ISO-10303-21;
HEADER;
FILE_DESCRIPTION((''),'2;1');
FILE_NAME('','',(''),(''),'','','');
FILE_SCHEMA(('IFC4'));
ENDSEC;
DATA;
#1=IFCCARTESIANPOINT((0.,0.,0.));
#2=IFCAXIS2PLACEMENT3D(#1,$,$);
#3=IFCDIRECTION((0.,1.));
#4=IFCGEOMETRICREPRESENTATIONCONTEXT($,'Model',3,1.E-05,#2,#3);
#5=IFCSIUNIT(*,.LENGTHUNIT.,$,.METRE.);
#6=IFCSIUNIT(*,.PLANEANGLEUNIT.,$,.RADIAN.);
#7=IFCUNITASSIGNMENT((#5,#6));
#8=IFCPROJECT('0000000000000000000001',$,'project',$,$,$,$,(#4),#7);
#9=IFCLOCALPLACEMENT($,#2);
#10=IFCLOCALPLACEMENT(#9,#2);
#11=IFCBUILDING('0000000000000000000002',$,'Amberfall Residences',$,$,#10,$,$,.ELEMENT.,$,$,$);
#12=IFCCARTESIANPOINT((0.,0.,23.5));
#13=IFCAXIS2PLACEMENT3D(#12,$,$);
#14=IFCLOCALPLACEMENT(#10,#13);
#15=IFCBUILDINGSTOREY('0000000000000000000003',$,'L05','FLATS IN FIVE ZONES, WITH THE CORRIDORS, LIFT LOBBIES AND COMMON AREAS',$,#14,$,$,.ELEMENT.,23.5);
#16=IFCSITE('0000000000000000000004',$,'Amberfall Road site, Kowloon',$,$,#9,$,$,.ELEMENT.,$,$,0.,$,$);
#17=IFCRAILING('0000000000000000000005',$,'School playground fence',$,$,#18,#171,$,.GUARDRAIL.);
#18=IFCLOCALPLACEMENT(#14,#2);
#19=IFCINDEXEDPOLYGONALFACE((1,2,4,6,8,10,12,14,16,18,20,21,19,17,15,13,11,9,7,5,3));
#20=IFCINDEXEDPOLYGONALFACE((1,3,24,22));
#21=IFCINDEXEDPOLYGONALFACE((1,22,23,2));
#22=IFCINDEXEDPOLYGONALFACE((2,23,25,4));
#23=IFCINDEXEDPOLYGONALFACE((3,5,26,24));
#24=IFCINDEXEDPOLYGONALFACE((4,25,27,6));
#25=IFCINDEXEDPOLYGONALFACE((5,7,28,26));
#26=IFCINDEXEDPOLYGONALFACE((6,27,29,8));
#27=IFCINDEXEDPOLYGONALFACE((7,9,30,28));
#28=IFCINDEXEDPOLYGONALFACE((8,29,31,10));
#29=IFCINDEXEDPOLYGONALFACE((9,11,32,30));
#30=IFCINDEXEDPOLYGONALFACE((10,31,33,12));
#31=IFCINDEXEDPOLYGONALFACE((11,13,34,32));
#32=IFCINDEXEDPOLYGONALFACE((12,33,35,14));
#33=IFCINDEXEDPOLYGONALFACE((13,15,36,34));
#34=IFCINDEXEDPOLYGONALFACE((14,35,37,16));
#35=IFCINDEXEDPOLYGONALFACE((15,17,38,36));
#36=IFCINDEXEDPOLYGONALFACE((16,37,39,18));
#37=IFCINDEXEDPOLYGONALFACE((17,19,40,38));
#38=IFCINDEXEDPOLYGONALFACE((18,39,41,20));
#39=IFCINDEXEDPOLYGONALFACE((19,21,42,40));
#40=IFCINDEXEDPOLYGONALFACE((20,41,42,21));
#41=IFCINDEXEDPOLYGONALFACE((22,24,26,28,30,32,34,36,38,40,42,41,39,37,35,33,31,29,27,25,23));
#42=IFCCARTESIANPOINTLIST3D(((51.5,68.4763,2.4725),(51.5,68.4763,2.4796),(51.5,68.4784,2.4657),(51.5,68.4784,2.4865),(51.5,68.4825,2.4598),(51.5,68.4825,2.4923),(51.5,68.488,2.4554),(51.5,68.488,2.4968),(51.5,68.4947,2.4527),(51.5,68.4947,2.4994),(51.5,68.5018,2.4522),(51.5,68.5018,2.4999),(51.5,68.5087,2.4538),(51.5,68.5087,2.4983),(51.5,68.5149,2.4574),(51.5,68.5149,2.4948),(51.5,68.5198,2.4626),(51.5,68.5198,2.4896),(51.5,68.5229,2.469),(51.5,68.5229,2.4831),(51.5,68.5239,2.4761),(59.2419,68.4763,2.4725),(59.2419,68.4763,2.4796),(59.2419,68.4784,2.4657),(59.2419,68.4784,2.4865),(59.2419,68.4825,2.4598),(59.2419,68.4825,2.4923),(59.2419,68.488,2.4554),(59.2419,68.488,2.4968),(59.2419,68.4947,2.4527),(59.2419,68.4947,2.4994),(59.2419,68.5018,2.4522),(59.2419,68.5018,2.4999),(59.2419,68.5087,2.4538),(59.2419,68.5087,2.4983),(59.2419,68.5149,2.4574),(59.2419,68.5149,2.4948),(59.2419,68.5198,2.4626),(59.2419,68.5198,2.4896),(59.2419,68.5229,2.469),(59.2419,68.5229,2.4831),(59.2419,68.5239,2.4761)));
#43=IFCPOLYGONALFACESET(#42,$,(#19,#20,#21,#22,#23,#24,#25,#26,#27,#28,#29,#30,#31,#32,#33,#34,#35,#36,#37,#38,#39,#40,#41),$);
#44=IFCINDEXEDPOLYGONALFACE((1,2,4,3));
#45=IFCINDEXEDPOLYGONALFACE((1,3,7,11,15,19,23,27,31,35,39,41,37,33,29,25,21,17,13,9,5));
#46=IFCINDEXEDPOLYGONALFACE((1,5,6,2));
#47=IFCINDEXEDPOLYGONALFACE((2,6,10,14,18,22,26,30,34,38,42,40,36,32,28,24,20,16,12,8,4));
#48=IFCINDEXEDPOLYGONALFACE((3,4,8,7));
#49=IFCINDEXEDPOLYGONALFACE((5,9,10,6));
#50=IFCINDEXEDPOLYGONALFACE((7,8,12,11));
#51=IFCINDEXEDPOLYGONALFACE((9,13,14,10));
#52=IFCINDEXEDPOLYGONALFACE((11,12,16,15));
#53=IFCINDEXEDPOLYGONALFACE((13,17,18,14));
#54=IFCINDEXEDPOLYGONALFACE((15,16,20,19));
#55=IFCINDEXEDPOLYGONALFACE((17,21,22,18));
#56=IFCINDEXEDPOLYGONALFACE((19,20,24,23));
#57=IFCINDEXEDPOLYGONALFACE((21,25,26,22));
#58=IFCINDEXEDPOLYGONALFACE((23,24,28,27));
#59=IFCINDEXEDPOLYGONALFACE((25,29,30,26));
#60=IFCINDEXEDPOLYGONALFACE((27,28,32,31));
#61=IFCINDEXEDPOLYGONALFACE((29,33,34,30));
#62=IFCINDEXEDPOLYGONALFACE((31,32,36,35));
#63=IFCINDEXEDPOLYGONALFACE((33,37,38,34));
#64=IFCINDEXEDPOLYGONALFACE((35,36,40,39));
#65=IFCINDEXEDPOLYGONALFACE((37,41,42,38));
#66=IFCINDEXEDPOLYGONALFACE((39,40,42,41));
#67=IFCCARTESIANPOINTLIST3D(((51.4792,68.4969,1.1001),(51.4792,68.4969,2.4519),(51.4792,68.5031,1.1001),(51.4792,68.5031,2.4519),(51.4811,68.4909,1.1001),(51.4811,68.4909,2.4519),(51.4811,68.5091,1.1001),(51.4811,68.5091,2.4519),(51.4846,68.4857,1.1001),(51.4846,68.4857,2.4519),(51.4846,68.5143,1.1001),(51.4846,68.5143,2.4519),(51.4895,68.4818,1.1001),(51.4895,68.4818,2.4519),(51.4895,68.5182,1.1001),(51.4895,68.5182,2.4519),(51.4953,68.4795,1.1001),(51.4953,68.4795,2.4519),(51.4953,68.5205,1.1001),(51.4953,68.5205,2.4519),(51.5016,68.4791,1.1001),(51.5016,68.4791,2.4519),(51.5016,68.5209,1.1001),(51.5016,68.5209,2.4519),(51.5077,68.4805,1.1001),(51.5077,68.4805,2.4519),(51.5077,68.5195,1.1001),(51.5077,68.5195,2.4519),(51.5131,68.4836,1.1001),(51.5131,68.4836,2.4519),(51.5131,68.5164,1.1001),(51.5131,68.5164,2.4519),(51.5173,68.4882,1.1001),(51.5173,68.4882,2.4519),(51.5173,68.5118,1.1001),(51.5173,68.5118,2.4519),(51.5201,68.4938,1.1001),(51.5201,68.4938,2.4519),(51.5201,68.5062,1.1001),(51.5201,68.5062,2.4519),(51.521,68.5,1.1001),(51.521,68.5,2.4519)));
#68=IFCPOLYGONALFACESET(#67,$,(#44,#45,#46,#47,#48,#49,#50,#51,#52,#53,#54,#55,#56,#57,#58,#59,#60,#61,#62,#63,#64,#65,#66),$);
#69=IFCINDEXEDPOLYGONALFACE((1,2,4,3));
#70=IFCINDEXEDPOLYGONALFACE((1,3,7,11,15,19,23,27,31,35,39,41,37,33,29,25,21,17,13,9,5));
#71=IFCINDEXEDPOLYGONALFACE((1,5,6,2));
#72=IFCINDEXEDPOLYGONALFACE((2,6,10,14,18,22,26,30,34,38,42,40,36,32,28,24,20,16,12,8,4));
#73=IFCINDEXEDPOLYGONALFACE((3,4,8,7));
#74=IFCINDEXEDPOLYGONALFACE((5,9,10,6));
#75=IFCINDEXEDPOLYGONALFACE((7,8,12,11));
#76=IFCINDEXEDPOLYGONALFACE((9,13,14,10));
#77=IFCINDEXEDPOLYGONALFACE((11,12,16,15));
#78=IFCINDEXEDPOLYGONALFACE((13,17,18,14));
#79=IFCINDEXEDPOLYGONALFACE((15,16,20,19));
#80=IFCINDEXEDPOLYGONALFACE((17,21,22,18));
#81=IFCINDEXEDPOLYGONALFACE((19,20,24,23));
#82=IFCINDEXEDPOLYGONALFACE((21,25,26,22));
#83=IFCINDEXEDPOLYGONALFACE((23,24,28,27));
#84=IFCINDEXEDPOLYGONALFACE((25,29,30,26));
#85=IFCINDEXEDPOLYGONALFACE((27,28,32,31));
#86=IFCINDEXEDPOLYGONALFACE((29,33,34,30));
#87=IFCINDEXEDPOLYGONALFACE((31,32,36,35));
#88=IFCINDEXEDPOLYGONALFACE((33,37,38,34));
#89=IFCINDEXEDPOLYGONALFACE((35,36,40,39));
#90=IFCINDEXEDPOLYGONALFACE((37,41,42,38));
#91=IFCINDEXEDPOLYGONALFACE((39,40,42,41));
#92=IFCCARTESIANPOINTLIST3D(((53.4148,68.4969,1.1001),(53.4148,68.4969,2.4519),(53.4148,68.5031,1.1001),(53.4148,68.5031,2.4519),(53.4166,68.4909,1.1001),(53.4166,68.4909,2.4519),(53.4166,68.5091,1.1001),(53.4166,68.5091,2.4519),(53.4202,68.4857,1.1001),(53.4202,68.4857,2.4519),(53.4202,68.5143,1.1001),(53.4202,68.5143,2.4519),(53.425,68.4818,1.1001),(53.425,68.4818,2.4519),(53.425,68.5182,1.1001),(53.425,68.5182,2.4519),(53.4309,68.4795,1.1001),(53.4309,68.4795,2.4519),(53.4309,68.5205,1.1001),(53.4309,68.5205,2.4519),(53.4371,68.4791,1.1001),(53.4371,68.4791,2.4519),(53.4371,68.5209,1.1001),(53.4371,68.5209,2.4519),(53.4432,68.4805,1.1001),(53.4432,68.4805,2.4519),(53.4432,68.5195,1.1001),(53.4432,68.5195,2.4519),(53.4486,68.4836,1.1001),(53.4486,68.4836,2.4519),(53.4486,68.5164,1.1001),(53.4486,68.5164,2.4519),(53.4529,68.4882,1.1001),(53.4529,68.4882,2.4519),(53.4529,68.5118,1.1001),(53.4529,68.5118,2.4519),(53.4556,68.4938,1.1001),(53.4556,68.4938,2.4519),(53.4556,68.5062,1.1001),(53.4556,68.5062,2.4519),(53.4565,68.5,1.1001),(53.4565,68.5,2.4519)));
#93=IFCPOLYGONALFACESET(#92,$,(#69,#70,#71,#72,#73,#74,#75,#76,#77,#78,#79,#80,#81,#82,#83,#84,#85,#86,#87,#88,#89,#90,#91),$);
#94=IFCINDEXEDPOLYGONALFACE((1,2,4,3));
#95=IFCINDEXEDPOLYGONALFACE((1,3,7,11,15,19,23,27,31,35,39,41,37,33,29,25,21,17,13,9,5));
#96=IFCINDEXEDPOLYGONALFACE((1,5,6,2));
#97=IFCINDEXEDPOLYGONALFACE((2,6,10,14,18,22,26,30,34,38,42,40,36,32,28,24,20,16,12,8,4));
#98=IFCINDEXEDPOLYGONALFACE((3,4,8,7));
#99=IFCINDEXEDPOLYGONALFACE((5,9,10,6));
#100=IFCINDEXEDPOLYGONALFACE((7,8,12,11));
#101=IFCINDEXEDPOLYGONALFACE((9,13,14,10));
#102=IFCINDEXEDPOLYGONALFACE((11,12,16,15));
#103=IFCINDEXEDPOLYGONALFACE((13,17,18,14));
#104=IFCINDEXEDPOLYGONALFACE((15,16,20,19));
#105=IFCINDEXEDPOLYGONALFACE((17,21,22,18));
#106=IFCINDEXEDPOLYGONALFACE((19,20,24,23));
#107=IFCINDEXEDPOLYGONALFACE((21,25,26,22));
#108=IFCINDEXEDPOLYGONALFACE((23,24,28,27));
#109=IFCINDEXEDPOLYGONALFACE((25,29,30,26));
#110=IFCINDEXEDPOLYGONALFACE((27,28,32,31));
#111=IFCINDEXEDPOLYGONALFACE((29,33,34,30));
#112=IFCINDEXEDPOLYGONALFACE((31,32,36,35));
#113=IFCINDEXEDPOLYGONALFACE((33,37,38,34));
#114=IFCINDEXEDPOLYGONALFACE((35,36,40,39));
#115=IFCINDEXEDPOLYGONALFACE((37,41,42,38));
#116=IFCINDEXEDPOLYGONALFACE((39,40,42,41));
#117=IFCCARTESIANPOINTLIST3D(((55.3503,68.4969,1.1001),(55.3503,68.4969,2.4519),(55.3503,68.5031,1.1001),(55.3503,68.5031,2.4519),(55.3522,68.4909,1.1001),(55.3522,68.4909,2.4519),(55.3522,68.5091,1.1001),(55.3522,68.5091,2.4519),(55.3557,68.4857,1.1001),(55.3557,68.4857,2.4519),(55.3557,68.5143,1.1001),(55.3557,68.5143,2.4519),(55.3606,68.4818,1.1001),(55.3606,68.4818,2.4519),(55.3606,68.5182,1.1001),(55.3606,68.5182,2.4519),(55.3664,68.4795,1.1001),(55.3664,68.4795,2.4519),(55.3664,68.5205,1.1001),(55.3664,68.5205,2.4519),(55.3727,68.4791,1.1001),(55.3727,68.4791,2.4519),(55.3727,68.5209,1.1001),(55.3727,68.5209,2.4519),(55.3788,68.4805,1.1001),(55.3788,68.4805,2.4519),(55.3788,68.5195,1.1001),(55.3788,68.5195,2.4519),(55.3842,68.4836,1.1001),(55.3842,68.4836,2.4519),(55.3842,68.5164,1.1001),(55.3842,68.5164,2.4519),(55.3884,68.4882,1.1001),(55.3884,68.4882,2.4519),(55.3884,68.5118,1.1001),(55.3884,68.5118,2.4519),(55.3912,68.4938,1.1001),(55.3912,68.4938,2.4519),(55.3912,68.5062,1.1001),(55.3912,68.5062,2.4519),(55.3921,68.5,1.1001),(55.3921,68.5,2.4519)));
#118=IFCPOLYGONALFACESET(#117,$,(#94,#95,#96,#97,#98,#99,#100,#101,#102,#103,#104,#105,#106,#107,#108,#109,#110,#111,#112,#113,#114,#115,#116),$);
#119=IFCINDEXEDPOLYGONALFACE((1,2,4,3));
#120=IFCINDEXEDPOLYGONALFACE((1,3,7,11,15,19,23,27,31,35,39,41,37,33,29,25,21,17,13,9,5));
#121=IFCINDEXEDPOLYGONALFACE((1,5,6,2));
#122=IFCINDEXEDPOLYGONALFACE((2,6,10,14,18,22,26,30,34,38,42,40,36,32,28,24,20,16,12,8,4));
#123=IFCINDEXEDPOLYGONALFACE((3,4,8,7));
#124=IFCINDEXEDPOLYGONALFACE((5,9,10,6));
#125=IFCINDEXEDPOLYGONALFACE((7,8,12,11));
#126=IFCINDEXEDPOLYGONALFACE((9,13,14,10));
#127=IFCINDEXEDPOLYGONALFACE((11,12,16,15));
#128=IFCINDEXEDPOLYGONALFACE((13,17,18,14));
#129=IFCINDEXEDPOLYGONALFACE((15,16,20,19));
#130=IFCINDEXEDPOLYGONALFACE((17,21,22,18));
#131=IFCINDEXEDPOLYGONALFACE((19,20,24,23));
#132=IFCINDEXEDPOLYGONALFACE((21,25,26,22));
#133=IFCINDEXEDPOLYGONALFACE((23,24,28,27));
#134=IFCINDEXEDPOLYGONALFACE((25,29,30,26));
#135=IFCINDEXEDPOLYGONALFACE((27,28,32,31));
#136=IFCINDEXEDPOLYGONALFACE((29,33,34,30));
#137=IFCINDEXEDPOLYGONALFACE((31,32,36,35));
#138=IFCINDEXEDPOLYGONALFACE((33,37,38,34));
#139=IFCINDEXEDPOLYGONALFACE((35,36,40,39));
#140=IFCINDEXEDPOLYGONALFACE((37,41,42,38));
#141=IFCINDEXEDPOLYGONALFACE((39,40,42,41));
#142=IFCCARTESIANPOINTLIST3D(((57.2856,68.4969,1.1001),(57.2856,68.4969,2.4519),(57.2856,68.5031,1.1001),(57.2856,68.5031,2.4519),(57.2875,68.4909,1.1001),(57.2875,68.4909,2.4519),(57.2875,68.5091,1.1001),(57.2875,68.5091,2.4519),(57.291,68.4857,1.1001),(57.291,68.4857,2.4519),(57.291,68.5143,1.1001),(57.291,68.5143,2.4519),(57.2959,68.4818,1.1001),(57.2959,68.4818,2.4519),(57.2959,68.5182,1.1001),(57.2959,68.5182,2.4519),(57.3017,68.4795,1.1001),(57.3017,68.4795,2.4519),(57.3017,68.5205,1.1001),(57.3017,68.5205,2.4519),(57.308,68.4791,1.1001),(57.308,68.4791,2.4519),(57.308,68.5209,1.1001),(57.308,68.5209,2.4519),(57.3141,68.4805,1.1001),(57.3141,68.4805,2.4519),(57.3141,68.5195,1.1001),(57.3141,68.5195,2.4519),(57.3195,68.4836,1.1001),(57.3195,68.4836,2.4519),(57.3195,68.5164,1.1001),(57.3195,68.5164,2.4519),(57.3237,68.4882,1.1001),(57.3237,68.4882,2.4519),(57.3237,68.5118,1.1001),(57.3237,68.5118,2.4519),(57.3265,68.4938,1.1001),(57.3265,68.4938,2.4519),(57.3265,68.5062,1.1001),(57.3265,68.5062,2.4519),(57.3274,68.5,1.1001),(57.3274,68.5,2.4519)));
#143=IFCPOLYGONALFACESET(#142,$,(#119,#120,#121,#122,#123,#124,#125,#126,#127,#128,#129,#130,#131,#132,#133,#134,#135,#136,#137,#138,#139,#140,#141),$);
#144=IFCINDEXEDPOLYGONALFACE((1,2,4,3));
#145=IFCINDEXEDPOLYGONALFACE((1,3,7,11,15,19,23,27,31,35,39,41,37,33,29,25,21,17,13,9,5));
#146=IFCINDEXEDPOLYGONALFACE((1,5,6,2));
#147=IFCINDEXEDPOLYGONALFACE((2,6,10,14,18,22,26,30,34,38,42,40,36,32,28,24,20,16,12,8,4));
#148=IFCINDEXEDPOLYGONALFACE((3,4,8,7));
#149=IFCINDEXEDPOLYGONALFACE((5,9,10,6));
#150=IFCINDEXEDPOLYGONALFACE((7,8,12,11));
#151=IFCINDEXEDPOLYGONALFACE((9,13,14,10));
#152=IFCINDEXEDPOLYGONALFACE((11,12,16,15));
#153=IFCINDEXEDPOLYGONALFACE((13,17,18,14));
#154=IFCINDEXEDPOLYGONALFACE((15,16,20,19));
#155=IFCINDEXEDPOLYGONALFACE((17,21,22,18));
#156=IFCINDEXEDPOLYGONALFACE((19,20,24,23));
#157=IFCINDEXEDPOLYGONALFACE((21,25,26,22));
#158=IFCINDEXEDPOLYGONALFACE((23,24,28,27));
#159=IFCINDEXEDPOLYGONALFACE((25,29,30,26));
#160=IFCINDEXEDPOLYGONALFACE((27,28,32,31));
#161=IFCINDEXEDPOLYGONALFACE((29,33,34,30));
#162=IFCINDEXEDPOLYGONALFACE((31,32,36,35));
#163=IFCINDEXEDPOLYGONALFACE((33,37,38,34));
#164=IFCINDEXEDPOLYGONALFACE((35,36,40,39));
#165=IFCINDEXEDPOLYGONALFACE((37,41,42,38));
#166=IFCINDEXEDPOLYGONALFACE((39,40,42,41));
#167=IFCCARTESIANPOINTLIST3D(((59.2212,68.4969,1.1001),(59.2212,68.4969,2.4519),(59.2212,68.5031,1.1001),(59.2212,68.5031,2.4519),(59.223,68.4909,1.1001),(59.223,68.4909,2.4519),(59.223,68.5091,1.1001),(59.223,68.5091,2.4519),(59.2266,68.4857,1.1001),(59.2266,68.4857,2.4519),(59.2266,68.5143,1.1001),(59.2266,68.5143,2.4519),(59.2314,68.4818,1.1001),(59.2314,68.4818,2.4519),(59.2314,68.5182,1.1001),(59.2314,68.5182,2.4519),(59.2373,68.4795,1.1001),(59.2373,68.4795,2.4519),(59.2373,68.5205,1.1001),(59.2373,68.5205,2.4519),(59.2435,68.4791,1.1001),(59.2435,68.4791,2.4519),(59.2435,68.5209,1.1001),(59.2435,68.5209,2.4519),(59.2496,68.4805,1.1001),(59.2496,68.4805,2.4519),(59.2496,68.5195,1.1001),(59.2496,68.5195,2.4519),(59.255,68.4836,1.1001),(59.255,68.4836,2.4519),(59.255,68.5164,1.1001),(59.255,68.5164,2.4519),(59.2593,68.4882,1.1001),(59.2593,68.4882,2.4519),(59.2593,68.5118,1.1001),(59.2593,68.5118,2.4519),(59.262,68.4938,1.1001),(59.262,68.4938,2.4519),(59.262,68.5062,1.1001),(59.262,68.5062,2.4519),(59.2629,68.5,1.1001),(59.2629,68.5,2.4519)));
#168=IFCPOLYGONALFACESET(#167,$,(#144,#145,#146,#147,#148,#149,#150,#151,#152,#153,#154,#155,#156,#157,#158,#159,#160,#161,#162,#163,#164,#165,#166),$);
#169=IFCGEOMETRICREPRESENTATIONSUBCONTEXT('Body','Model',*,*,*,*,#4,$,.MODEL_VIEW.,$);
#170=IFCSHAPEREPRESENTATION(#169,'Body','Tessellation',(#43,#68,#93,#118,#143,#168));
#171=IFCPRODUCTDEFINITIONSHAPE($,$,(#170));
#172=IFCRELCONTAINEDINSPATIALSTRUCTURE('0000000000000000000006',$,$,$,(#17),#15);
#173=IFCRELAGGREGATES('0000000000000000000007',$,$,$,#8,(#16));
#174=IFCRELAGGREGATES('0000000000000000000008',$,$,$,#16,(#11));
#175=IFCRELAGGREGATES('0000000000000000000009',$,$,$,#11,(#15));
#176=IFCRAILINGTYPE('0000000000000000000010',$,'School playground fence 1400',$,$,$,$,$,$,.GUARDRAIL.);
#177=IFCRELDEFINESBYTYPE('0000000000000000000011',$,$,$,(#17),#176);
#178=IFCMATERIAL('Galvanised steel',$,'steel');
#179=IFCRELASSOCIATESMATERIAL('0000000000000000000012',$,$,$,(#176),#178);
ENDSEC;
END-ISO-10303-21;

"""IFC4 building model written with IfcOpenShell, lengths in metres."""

from ifc_helpers import new_model, si_unit, direction, frame, origin, origin_2d, place, context, subcontext, project, spatial, circle, extrude, material, type_object, element, save


model = new_model("IFC4")

# Units and contexts
model_context = context("Model", 3, precision=1e-05, world=origin(), true_north=direction((0.0, 1.0)))
body_context = subcontext(model_context, "Body", "Model", "MODEL_VIEW")
ifc_project = project(units=[si_unit("LENGTHUNIT", "METRE"), si_unit("PLANEANGLEUNIT", "RADIAN")], contexts=[model_context])

# Site, building, storey
site_placement = place(None, origin())
site = spatial("IfcSite", under=ifc_project, at=site_placement, Name="Amberfall Road site, Kowloon", CompositionType="ELEMENT", RefElevation=0.0)
building_placement = place(site_placement, origin())
building = spatial("IfcBuilding", under=site, at=building_placement, Name="Amberfall Residences", CompositionType="ELEMENT")
storey_placement = place(building_placement, frame((0.0, 0.0, 23.5)))
storey = spatial("IfcBuildingStorey", under=building, at=storey_placement, Name="L05", Description="FLATS IN FIVE ZONES, WITH THE CORRIDORS, LIFT LOBBIES AND COMMON AREAS", CompositionType="ELEMENT", Elevation=23.5)

# Railing
ifc_material_1 = material(Name="Galvanised steel", Category="steel")
railing_type_1 = type_object("IfcRailingType", Name="School playground fence 1400", PredefinedType="GUARDRAIL", material=ifc_material_1)
railing_1_placement = place(storey_placement, frame((51.5, 68.5, 1.1001)))
element("IfcRailing", 1, at=railing_1_placement, inside=storey, type_object=railing_type_1, Name="School playground fence", PredefinedType="GUARDRAIL", context=body_context, shape_type="SweptSolid", body=[
    extrude(circle(Radius=0.0239, at=origin_2d()), frame((0.0, 0.0, 1.376), z_axis=(1.0, 0.0, 0.0), x_axis=(0.0, 1.0, 0.0)), (0.0, 0.0, 1.0), 7.7419),
    extrude(circle(Radius=0.021, at=origin_2d()), origin(), (0.0, 0.0, 1.0), 1.3518),
    extrude(circle(Radius=0.021, at=origin_2d()), frame((1.9355, 0.0, 0.0)), (0.0, 0.0, 1.0), 1.3518),
    extrude(circle(Radius=0.021, at=origin_2d()), frame((3.8711, 0.0, 0.0)), (0.0, 0.0, 1.0), 1.3518),
    extrude(circle(Radius=0.021, at=origin_2d()), frame((5.8064, 0.0, 0.0)), (0.0, 0.0, 1.0), 1.3518),
    extrude(circle(Radius=0.021, at=origin_2d()), frame((7.7419, 0.0, 0.0)), (0.0, 0.0, 1.0), 1.3518),
])

save(model, "model.ifc")
